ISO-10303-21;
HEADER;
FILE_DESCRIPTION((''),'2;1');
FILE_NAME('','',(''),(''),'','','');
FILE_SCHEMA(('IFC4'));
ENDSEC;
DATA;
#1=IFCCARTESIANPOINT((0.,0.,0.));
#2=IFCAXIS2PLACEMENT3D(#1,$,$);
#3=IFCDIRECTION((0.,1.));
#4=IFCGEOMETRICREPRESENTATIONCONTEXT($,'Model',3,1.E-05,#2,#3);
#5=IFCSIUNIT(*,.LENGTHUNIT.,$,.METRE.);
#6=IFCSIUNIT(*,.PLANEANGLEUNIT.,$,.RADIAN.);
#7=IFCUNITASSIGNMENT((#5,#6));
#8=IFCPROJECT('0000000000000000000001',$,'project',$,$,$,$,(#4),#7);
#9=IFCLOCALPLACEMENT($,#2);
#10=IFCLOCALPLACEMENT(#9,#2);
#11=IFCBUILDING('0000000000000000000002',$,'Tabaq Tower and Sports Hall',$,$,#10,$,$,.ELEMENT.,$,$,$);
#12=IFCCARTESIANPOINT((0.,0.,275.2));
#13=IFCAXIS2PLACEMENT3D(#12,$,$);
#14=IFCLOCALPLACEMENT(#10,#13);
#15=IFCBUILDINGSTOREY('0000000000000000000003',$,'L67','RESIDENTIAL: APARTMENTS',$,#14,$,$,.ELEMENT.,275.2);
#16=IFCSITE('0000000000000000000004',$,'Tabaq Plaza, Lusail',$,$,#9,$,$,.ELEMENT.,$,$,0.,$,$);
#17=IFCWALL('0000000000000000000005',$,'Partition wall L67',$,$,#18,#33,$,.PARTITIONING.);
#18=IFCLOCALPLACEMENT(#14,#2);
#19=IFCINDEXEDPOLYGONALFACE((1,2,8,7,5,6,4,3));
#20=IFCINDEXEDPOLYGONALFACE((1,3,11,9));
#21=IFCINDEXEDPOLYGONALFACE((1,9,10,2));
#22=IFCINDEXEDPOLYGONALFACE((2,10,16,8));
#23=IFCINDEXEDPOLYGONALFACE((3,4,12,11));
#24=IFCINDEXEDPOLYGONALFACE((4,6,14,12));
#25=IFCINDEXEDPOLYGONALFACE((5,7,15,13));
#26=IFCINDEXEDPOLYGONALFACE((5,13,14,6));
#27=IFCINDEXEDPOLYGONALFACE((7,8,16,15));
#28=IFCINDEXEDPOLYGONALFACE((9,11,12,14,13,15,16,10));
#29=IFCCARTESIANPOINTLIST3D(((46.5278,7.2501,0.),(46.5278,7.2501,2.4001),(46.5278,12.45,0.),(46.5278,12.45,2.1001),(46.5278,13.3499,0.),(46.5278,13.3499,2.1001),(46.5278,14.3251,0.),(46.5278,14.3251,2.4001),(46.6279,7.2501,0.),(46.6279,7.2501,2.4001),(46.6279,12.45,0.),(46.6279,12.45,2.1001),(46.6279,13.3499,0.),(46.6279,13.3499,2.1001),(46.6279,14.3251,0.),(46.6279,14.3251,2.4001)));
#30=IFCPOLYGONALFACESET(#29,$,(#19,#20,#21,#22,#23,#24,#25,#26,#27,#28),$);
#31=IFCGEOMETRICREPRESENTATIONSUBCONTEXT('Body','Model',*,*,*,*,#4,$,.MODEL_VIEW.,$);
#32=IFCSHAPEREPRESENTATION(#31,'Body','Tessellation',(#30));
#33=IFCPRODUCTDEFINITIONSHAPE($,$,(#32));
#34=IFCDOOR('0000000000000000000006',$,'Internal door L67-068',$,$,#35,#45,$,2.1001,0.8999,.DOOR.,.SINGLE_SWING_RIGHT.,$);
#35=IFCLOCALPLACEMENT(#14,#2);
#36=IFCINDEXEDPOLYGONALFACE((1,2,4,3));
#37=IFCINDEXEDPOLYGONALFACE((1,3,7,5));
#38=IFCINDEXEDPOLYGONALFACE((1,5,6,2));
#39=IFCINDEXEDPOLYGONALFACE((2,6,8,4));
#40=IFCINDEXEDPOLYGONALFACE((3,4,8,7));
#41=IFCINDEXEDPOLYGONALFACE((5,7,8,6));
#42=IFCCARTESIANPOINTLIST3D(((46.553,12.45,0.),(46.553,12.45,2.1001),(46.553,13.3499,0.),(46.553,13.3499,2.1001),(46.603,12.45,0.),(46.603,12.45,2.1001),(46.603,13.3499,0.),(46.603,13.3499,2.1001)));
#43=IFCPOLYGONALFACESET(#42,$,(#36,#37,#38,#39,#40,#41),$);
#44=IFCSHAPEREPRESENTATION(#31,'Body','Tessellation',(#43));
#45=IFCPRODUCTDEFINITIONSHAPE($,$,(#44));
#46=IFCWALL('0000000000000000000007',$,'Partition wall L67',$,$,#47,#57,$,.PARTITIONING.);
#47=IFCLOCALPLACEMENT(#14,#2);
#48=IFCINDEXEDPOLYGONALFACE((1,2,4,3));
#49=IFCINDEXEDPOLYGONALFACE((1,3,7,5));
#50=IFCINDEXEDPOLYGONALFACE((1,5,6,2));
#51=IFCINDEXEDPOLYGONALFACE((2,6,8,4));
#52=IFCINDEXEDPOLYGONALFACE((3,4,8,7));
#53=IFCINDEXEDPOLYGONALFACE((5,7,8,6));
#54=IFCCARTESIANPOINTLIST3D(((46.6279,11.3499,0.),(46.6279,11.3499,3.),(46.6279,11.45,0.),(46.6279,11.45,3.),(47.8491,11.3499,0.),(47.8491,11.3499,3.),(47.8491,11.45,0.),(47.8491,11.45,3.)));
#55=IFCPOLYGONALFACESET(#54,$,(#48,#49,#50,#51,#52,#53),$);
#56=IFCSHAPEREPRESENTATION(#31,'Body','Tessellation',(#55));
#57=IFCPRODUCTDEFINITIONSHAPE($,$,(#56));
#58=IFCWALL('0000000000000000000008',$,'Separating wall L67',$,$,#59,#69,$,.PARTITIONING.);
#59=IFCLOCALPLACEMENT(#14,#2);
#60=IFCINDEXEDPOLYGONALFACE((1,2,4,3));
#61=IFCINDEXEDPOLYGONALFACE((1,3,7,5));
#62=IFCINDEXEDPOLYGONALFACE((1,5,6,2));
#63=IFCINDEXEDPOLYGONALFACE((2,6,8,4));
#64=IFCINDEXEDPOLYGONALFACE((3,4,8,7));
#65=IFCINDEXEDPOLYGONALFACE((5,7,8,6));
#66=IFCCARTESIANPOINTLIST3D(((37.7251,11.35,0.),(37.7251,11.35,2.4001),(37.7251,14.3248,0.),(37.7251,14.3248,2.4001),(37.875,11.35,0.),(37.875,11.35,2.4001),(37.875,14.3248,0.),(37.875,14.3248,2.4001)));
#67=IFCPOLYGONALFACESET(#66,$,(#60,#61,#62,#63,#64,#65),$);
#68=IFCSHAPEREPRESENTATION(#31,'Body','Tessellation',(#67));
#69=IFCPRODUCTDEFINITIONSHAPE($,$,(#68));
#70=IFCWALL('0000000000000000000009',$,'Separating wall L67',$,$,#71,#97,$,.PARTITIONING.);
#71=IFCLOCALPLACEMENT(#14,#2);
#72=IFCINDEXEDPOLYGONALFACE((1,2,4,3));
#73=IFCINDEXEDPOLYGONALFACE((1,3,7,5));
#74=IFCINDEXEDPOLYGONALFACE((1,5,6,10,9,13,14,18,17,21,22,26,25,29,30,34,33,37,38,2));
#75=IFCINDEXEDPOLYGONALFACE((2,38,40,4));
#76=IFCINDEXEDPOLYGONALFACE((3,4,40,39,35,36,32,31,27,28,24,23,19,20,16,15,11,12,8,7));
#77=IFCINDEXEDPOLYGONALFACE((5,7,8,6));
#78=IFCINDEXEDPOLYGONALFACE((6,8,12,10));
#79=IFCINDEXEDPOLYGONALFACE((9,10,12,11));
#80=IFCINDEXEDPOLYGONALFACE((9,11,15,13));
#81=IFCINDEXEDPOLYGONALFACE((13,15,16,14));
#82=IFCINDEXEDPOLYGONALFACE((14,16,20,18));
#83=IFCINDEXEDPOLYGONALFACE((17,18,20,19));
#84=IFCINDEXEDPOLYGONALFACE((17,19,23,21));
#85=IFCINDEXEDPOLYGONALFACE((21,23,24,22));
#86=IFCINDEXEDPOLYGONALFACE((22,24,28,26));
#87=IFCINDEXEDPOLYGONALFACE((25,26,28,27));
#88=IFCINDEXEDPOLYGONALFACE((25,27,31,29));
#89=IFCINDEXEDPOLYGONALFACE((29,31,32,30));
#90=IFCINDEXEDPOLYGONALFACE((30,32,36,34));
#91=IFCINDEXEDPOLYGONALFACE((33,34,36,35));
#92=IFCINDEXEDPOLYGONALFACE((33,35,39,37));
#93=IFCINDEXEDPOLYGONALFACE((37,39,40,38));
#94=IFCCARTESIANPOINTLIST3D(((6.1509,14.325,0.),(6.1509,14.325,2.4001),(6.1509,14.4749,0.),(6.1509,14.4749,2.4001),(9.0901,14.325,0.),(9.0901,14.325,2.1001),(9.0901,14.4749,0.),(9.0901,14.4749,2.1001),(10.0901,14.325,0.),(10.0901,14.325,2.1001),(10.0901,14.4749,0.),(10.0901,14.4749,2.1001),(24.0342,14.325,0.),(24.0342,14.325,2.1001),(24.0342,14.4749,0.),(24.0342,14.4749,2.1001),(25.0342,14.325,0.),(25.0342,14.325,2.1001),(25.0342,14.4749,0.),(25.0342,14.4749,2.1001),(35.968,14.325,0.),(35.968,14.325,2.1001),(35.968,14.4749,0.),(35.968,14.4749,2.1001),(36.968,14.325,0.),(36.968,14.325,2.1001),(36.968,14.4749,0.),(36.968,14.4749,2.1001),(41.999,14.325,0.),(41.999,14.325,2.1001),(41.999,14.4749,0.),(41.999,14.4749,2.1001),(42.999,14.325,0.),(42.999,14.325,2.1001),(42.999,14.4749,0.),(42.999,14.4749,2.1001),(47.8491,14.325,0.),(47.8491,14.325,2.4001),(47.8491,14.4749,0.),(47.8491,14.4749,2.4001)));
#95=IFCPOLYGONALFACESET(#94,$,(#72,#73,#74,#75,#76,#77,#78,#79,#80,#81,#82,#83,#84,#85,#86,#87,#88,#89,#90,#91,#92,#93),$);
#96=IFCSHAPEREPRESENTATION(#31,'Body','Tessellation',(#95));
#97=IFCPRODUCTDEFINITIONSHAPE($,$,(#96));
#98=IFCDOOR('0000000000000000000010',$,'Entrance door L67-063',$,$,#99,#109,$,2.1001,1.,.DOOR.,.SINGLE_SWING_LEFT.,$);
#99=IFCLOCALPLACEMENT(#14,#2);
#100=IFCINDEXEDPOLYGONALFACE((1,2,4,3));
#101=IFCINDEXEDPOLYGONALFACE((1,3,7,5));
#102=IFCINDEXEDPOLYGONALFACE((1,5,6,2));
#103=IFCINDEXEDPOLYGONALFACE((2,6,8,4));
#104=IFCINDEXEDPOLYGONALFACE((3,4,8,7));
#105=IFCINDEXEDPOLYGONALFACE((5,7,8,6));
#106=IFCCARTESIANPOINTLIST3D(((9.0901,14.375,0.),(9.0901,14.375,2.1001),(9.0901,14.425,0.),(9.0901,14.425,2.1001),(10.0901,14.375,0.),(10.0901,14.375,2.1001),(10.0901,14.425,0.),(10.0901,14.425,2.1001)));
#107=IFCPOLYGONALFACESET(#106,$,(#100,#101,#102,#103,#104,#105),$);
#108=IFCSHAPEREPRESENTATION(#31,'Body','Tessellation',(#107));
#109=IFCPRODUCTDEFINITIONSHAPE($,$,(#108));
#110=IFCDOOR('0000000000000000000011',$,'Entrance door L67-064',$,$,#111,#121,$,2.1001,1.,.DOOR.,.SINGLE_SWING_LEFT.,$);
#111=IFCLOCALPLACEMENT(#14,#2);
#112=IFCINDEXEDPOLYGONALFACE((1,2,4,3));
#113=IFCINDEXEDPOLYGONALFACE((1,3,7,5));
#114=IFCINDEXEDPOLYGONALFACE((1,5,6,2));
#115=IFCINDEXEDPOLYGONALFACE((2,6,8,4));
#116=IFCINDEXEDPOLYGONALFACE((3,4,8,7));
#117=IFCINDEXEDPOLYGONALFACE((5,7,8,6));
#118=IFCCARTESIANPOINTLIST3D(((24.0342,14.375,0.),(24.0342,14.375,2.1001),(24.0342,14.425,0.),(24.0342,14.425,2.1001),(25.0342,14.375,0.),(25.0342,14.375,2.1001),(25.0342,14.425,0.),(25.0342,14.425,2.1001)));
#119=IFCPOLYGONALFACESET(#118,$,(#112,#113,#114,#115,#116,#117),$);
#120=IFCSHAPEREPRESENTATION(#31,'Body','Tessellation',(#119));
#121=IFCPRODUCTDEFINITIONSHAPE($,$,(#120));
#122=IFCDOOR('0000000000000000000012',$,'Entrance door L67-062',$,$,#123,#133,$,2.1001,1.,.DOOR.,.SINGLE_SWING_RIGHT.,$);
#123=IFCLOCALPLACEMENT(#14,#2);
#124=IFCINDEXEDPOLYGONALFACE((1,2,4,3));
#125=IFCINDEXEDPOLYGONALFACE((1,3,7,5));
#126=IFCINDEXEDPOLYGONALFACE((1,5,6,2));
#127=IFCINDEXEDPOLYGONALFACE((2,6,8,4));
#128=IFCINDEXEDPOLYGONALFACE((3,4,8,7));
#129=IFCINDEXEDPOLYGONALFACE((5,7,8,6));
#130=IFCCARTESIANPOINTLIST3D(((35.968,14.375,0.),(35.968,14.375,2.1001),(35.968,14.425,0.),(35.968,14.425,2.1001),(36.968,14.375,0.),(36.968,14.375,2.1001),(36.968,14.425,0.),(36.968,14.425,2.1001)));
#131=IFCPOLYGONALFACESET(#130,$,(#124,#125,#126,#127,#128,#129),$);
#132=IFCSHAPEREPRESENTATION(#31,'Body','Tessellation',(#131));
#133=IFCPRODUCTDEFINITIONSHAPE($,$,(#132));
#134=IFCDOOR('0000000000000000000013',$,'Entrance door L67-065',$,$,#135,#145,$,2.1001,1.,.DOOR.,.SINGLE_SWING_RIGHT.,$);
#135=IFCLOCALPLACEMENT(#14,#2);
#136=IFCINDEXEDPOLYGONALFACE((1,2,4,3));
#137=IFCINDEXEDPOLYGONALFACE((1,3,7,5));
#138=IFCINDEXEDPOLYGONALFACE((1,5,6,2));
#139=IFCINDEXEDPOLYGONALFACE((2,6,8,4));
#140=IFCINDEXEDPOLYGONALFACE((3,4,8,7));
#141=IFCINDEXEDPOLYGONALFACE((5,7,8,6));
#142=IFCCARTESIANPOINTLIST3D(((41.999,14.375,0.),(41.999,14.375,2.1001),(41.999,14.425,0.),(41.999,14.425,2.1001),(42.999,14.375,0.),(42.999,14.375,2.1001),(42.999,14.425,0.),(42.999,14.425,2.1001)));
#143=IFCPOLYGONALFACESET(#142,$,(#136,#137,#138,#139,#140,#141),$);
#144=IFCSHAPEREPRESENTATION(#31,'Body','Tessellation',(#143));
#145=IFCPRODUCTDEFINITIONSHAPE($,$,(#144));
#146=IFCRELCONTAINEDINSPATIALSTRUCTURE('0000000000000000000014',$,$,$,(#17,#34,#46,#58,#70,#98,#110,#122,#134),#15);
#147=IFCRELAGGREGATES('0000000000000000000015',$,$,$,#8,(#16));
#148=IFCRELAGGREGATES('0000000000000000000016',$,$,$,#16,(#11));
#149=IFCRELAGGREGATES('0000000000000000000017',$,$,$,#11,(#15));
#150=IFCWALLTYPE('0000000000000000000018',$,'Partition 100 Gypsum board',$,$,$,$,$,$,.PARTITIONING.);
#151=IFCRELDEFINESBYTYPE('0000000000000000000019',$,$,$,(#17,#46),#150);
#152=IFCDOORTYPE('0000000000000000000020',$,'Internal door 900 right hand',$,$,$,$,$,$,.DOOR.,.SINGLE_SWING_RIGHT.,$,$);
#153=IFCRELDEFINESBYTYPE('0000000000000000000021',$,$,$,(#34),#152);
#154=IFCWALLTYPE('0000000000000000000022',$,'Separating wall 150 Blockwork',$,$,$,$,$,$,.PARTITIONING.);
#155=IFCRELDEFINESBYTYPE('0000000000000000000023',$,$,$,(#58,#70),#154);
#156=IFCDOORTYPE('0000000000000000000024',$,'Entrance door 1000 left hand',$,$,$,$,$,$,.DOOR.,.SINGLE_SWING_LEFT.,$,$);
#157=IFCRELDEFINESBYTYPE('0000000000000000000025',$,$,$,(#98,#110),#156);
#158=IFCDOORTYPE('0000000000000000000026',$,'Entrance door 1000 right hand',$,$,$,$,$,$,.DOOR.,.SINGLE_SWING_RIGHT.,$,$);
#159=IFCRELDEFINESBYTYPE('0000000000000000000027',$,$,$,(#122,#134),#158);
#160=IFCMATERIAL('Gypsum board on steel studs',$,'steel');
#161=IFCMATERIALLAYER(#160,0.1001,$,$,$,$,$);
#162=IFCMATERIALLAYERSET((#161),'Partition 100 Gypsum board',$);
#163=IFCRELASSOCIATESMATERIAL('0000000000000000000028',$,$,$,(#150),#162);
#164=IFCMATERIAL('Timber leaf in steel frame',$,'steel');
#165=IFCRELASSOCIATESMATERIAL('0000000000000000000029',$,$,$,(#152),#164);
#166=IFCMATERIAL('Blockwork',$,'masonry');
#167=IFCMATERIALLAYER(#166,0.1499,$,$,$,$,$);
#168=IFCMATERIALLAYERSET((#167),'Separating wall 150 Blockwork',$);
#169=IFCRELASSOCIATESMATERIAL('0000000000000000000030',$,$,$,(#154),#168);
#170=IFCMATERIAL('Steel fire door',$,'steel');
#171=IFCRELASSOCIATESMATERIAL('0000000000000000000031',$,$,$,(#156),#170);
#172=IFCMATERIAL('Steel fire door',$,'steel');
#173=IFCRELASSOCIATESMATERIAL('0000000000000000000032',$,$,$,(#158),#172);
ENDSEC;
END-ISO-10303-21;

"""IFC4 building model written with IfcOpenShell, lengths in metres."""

from ifc_helpers import new_model, si_unit, direction, frame, frame_2d, origin, place, context, subcontext, project, spatial, rectangle, extrude, material, layer, layer_set, type_object, element, fill, save


model = new_model("IFC4")

# Units and contexts
model_context = context("Model", 3, precision=1e-05, world=origin(), true_north=direction((0.0, 1.0)))
body_context = subcontext(model_context, "Body", "Model", "MODEL_VIEW")
ifc_project = project(units=[si_unit("LENGTHUNIT", "METRE"), si_unit("PLANEANGLEUNIT", "RADIAN")], contexts=[model_context])

# Site, building, storey
site_placement = place(None, origin())
site = spatial("IfcSite", under=ifc_project, at=site_placement, Name="Tabaq Plaza, Lusail", CompositionType="ELEMENT", RefElevation=0.0)
building_placement = place(site_placement, origin())
building = spatial("IfcBuilding", under=site, at=building_placement, Name="Tabaq Tower and Sports Hall", CompositionType="ELEMENT")
storey_placement = place(building_placement, frame((0.0, 0.0, 275.2)))
storey = spatial("IfcBuildingStorey", under=building, at=storey_placement, Name="L67", Description="RESIDENTIAL: APARTMENTS", CompositionType="ELEMENT", Elevation=275.2)

# Shared definitions
ifc_material_1 = material(Name="Gypsum board on steel studs", Category="steel")
ifc_layer_1 = layer(ifc_material_1, 0.1001)
ifc_layer_set_1 = layer_set([ifc_layer_1], Name="Partition 100 Gypsum board")
wall_type_1 = type_object("IfcWallType", Name="Partition 100 Gypsum board", PredefinedType="PARTITIONING", material=ifc_layer_set_1)

# Shared definitions
ifc_material_2 = material(Name="Timber leaf in steel frame", Category="steel")
door_type_1 = type_object("IfcDoorType", Name="Internal door 900 right hand", OperationType="SINGLE_SWING_RIGHT", PredefinedType="DOOR", material=ifc_material_2)

# Wall, opening, door
wall_1_placement = place(storey_placement, frame((46.5779, 7.25, 0.0), z_axis=(0.0, 0.0, 1.0), x_axis=(0.0, 1.0, 0.0)))
wall_1 = element("IfcWall", 1, at=wall_1_placement, inside=storey, type_object=wall_type_1, Name="Partition wall L67", PredefinedType="PARTITIONING", context=body_context, shape_type="SweptSolid", body=[
    extrude(rectangle(XDim=7.075, YDim=0.1001, at=frame_2d((3.5376, 0.0))), origin(), (0.0, 0.0, 1.0), 2.4001),
])
opening_1_placement = place(wall_1_placement, frame((5.2, 0.0, 0.0)))
opening_1 = element("IfcOpeningElement", 2, at=opening_1_placement, cuts=wall_1, PredefinedType="OPENING", context=body_context, shape_type="SweptSolid", body=[
    extrude(rectangle(XDim=0.8999, YDim=2.1001, at=frame_2d((0.45, 1.05))), frame((0.0, 0.05, 0.0), z_axis=(0.0, -1.0, 0.0), x_axis=(1.0, 0.0, 0.0)), (0.0, 0.0, 1.0), 0.1001),
])
door_1_placement = place(opening_1_placement, origin())
door_1 = element("IfcDoor", 3, at=door_1_placement, inside=storey, type_object=door_type_1, Name="Internal door L67-068", OperationType="SINGLE_SWING_RIGHT", OverallHeight=2.1001, OverallWidth=0.8999, PredefinedType="DOOR", context=body_context, shape_type="SweptSolid", body=[
    extrude(rectangle(XDim=0.8999, YDim=2.1001, at=frame_2d((0.45, 1.05))), frame((0.0, 0.0249, 0.0), z_axis=(0.0, -1.0, 0.0), x_axis=(1.0, 0.0, 0.0)), (0.0, 0.0, 1.0), 0.05),
])
fill(opening_1, door_1)

# Walls
wall_2_placement = place(storey_placement, frame((47.8491, 11.3999, 0.0), z_axis=(0.0, 0.0, 1.0), x_axis=(-1.0, 0.0, 0.0)))
element("IfcWall", 4, at=wall_2_placement, inside=storey, type_object=wall_type_1, Name="Partition wall L67", PredefinedType="PARTITIONING", context=body_context, shape_type="SweptSolid", body=[
    extrude(rectangle(XDim=1.2212, YDim=0.1001, at=frame_2d((0.6106, 0.0))), origin(), (0.0, 0.0, 1.0), 3.0),
])
ifc_material_3 = material(Name="Blockwork", Category="masonry")
ifc_layer_2 = layer(ifc_material_3, 0.1499)
ifc_layer_set_2 = layer_set([ifc_layer_2], Name="Separating wall 150 Blockwork")
wall_type_2 = type_object("IfcWallType", Name="Separating wall 150 Blockwork", PredefinedType="PARTITIONING", material=ifc_layer_set_2)
wall_3_placement = place(storey_placement, frame((37.8, 11.3501, 0.0), z_axis=(0.0, 0.0, 1.0), x_axis=(0.0, 1.0, 0.0)))
element("IfcWall", 5, at=wall_3_placement, inside=storey, type_object=wall_type_2, Name="Separating wall L67", PredefinedType="PARTITIONING", context=body_context, shape_type="SweptSolid", body=[
    extrude(rectangle(XDim=2.9749, YDim=0.1499, at=frame_2d((1.4873, 0.0))), origin(), (0.0, 0.0, 1.0), 2.4001),
])

# Wall, openings, doors
wall_4_placement = place(storey_placement, frame((47.8491, 14.3999, 0.0), z_axis=(0.0, 0.0, 1.0), x_axis=(-1.0, 0.0, 0.0)))
wall_4 = element("IfcWall", 6, at=wall_4_placement, inside=storey, type_object=wall_type_2, Name="Separating wall L67", PredefinedType="PARTITIONING", context=body_context, shape_type="SweptSolid", body=[
    extrude(rectangle(XDim=41.6982, YDim=0.1499, at=frame_2d((20.8491, 0.0))), origin(), (0.0, 0.0, 1.0), 2.4001),
])
opening_2_placement = place(wall_4_placement, frame((10.8811, 0.0, 0.0)))
opening_2 = element("IfcOpeningElement", 7, at=opening_2_placement, cuts=wall_4, PredefinedType="OPENING", context=body_context, shape_type="SweptSolid", body=[
    extrude(rectangle(XDim=1.0, YDim=2.1001, at=frame_2d((0.5, 1.05))), frame((0.0, 0.075, 0.0), z_axis=(0.0, -1.0, 0.0), x_axis=(1.0, 0.0, 0.0)), (0.0, 0.0, 1.0), 0.1499),
])
opening_3_placement = place(wall_4_placement, frame((37.759, 0.0, 0.0)))
opening_3 = element("IfcOpeningElement", 8, at=opening_3_placement, cuts=wall_4, PredefinedType="OPENING", context=body_context, shape_type="SweptSolid", body=[
    extrude(rectangle(XDim=1.0, YDim=2.1001, at=frame_2d((0.5, 1.05))), frame((0.0, 0.075, 0.0), z_axis=(0.0, -1.0, 0.0), x_axis=(1.0, 0.0, 0.0)), (0.0, 0.0, 1.0), 0.1499),
])
opening_4_placement = place(wall_4_placement, frame((22.8149, 0.0, 0.0)))
opening_4 = element("IfcOpeningElement", 9, at=opening_4_placement, cuts=wall_4, PredefinedType="OPENING", context=body_context, shape_type="SweptSolid", body=[
    extrude(rectangle(XDim=1.0, YDim=2.1001, at=frame_2d((0.5, 1.05))), frame((0.0, 0.075, 0.0), z_axis=(0.0, -1.0, 0.0), x_axis=(1.0, 0.0, 0.0)), (0.0, 0.0, 1.0), 0.1499),
])
opening_5_placement = place(wall_4_placement, frame((4.8501, 0.0, 0.0)))
opening_5 = element("IfcOpeningElement", 10, at=opening_5_placement, cuts=wall_4, PredefinedType="OPENING", context=body_context, shape_type="SweptSolid", body=[
    extrude(rectangle(XDim=1.0, YDim=2.1001, at=frame_2d((0.5, 1.05))), frame((0.0, 0.075, 0.0), z_axis=(0.0, -1.0, 0.0), x_axis=(1.0, 0.0, 0.0)), (0.0, 0.0, 1.0), 0.1499),
])
ifc_material_4 = material(Name="Steel fire door", Category="steel")
door_type_2 = type_object("IfcDoorType", Name="Entrance door 1000 left hand", OperationType="SINGLE_SWING_LEFT", PredefinedType="DOOR", material=ifc_material_4)
door_2_placement = place(opening_3_placement, origin())
door_2 = element("IfcDoor", 11, at=door_2_placement, inside=storey, type_object=door_type_2, Name="Entrance door L67-063", OperationType="SINGLE_SWING_LEFT", OverallHeight=2.1001, OverallWidth=1.0, PredefinedType="DOOR", context=body_context, shape_type="SweptSolid", body=[
    extrude(rectangle(XDim=1.0, YDim=2.1001, at=frame_2d((0.5, 1.05))), frame((0.0, 0.0249, 0.0), z_axis=(0.0, -1.0, 0.0), x_axis=(1.0, 0.0, 0.0)), (0.0, 0.0, 1.0), 0.05),
])
fill(opening_3, door_2)
door_3_placement = place(opening_4_placement, origin())
door_3 = element("IfcDoor", 12, at=door_3_placement, inside=storey, type_object=door_type_2, Name="Entrance door L67-064", OperationType="SINGLE_SWING_LEFT", OverallHeight=2.1001, OverallWidth=1.0, PredefinedType="DOOR", context=body_context, shape_type="SweptSolid", body=[
    extrude(rectangle(XDim=1.0, YDim=2.1001, at=frame_2d((0.5, 1.05))), frame((0.0, 0.0249, 0.0), z_axis=(0.0, -1.0, 0.0), x_axis=(1.0, 0.0, 0.0)), (0.0, 0.0, 1.0), 0.05),
])
fill(opening_4, door_3)
ifc_material_5 = material(Name="Steel fire door", Category="steel")
door_type_3 = type_object("IfcDoorType", Name="Entrance door 1000 right hand", OperationType="SINGLE_SWING_RIGHT", PredefinedType="DOOR", material=ifc_material_5)
door_4_placement = place(opening_2_placement, origin())
door_4 = element("IfcDoor", 13, at=door_4_placement, inside=storey, type_object=door_type_3, Name="Entrance door L67-062", OperationType="SINGLE_SWING_RIGHT", OverallHeight=2.1001, OverallWidth=1.0, PredefinedType="DOOR", context=body_context, shape_type="SweptSolid", body=[
    extrude(rectangle(XDim=1.0, YDim=2.1001, at=frame_2d((0.5, 1.05))), frame((0.0, 0.0249, 0.0), z_axis=(0.0, -1.0, 0.0), x_axis=(1.0, 0.0, 0.0)), (0.0, 0.0, 1.0), 0.05),
])
fill(opening_2, door_4)
door_5_placement = place(opening_5_placement, origin())
door_5 = element("IfcDoor", 14, at=door_5_placement, inside=storey, type_object=door_type_3, Name="Entrance door L67-065", OperationType="SINGLE_SWING_RIGHT", OverallHeight=2.1001, OverallWidth=1.0, PredefinedType="DOOR", context=body_context, shape_type="SweptSolid", body=[
    extrude(rectangle(XDim=1.0, YDim=2.1001, at=frame_2d((0.5, 1.05))), frame((0.0, 0.0249, 0.0), z_axis=(0.0, -1.0, 0.0), x_axis=(1.0, 0.0, 0.0)), (0.0, 0.0, 1.0), 0.05),
])
fill(opening_5, door_5)

save(model, "model.ifc")
